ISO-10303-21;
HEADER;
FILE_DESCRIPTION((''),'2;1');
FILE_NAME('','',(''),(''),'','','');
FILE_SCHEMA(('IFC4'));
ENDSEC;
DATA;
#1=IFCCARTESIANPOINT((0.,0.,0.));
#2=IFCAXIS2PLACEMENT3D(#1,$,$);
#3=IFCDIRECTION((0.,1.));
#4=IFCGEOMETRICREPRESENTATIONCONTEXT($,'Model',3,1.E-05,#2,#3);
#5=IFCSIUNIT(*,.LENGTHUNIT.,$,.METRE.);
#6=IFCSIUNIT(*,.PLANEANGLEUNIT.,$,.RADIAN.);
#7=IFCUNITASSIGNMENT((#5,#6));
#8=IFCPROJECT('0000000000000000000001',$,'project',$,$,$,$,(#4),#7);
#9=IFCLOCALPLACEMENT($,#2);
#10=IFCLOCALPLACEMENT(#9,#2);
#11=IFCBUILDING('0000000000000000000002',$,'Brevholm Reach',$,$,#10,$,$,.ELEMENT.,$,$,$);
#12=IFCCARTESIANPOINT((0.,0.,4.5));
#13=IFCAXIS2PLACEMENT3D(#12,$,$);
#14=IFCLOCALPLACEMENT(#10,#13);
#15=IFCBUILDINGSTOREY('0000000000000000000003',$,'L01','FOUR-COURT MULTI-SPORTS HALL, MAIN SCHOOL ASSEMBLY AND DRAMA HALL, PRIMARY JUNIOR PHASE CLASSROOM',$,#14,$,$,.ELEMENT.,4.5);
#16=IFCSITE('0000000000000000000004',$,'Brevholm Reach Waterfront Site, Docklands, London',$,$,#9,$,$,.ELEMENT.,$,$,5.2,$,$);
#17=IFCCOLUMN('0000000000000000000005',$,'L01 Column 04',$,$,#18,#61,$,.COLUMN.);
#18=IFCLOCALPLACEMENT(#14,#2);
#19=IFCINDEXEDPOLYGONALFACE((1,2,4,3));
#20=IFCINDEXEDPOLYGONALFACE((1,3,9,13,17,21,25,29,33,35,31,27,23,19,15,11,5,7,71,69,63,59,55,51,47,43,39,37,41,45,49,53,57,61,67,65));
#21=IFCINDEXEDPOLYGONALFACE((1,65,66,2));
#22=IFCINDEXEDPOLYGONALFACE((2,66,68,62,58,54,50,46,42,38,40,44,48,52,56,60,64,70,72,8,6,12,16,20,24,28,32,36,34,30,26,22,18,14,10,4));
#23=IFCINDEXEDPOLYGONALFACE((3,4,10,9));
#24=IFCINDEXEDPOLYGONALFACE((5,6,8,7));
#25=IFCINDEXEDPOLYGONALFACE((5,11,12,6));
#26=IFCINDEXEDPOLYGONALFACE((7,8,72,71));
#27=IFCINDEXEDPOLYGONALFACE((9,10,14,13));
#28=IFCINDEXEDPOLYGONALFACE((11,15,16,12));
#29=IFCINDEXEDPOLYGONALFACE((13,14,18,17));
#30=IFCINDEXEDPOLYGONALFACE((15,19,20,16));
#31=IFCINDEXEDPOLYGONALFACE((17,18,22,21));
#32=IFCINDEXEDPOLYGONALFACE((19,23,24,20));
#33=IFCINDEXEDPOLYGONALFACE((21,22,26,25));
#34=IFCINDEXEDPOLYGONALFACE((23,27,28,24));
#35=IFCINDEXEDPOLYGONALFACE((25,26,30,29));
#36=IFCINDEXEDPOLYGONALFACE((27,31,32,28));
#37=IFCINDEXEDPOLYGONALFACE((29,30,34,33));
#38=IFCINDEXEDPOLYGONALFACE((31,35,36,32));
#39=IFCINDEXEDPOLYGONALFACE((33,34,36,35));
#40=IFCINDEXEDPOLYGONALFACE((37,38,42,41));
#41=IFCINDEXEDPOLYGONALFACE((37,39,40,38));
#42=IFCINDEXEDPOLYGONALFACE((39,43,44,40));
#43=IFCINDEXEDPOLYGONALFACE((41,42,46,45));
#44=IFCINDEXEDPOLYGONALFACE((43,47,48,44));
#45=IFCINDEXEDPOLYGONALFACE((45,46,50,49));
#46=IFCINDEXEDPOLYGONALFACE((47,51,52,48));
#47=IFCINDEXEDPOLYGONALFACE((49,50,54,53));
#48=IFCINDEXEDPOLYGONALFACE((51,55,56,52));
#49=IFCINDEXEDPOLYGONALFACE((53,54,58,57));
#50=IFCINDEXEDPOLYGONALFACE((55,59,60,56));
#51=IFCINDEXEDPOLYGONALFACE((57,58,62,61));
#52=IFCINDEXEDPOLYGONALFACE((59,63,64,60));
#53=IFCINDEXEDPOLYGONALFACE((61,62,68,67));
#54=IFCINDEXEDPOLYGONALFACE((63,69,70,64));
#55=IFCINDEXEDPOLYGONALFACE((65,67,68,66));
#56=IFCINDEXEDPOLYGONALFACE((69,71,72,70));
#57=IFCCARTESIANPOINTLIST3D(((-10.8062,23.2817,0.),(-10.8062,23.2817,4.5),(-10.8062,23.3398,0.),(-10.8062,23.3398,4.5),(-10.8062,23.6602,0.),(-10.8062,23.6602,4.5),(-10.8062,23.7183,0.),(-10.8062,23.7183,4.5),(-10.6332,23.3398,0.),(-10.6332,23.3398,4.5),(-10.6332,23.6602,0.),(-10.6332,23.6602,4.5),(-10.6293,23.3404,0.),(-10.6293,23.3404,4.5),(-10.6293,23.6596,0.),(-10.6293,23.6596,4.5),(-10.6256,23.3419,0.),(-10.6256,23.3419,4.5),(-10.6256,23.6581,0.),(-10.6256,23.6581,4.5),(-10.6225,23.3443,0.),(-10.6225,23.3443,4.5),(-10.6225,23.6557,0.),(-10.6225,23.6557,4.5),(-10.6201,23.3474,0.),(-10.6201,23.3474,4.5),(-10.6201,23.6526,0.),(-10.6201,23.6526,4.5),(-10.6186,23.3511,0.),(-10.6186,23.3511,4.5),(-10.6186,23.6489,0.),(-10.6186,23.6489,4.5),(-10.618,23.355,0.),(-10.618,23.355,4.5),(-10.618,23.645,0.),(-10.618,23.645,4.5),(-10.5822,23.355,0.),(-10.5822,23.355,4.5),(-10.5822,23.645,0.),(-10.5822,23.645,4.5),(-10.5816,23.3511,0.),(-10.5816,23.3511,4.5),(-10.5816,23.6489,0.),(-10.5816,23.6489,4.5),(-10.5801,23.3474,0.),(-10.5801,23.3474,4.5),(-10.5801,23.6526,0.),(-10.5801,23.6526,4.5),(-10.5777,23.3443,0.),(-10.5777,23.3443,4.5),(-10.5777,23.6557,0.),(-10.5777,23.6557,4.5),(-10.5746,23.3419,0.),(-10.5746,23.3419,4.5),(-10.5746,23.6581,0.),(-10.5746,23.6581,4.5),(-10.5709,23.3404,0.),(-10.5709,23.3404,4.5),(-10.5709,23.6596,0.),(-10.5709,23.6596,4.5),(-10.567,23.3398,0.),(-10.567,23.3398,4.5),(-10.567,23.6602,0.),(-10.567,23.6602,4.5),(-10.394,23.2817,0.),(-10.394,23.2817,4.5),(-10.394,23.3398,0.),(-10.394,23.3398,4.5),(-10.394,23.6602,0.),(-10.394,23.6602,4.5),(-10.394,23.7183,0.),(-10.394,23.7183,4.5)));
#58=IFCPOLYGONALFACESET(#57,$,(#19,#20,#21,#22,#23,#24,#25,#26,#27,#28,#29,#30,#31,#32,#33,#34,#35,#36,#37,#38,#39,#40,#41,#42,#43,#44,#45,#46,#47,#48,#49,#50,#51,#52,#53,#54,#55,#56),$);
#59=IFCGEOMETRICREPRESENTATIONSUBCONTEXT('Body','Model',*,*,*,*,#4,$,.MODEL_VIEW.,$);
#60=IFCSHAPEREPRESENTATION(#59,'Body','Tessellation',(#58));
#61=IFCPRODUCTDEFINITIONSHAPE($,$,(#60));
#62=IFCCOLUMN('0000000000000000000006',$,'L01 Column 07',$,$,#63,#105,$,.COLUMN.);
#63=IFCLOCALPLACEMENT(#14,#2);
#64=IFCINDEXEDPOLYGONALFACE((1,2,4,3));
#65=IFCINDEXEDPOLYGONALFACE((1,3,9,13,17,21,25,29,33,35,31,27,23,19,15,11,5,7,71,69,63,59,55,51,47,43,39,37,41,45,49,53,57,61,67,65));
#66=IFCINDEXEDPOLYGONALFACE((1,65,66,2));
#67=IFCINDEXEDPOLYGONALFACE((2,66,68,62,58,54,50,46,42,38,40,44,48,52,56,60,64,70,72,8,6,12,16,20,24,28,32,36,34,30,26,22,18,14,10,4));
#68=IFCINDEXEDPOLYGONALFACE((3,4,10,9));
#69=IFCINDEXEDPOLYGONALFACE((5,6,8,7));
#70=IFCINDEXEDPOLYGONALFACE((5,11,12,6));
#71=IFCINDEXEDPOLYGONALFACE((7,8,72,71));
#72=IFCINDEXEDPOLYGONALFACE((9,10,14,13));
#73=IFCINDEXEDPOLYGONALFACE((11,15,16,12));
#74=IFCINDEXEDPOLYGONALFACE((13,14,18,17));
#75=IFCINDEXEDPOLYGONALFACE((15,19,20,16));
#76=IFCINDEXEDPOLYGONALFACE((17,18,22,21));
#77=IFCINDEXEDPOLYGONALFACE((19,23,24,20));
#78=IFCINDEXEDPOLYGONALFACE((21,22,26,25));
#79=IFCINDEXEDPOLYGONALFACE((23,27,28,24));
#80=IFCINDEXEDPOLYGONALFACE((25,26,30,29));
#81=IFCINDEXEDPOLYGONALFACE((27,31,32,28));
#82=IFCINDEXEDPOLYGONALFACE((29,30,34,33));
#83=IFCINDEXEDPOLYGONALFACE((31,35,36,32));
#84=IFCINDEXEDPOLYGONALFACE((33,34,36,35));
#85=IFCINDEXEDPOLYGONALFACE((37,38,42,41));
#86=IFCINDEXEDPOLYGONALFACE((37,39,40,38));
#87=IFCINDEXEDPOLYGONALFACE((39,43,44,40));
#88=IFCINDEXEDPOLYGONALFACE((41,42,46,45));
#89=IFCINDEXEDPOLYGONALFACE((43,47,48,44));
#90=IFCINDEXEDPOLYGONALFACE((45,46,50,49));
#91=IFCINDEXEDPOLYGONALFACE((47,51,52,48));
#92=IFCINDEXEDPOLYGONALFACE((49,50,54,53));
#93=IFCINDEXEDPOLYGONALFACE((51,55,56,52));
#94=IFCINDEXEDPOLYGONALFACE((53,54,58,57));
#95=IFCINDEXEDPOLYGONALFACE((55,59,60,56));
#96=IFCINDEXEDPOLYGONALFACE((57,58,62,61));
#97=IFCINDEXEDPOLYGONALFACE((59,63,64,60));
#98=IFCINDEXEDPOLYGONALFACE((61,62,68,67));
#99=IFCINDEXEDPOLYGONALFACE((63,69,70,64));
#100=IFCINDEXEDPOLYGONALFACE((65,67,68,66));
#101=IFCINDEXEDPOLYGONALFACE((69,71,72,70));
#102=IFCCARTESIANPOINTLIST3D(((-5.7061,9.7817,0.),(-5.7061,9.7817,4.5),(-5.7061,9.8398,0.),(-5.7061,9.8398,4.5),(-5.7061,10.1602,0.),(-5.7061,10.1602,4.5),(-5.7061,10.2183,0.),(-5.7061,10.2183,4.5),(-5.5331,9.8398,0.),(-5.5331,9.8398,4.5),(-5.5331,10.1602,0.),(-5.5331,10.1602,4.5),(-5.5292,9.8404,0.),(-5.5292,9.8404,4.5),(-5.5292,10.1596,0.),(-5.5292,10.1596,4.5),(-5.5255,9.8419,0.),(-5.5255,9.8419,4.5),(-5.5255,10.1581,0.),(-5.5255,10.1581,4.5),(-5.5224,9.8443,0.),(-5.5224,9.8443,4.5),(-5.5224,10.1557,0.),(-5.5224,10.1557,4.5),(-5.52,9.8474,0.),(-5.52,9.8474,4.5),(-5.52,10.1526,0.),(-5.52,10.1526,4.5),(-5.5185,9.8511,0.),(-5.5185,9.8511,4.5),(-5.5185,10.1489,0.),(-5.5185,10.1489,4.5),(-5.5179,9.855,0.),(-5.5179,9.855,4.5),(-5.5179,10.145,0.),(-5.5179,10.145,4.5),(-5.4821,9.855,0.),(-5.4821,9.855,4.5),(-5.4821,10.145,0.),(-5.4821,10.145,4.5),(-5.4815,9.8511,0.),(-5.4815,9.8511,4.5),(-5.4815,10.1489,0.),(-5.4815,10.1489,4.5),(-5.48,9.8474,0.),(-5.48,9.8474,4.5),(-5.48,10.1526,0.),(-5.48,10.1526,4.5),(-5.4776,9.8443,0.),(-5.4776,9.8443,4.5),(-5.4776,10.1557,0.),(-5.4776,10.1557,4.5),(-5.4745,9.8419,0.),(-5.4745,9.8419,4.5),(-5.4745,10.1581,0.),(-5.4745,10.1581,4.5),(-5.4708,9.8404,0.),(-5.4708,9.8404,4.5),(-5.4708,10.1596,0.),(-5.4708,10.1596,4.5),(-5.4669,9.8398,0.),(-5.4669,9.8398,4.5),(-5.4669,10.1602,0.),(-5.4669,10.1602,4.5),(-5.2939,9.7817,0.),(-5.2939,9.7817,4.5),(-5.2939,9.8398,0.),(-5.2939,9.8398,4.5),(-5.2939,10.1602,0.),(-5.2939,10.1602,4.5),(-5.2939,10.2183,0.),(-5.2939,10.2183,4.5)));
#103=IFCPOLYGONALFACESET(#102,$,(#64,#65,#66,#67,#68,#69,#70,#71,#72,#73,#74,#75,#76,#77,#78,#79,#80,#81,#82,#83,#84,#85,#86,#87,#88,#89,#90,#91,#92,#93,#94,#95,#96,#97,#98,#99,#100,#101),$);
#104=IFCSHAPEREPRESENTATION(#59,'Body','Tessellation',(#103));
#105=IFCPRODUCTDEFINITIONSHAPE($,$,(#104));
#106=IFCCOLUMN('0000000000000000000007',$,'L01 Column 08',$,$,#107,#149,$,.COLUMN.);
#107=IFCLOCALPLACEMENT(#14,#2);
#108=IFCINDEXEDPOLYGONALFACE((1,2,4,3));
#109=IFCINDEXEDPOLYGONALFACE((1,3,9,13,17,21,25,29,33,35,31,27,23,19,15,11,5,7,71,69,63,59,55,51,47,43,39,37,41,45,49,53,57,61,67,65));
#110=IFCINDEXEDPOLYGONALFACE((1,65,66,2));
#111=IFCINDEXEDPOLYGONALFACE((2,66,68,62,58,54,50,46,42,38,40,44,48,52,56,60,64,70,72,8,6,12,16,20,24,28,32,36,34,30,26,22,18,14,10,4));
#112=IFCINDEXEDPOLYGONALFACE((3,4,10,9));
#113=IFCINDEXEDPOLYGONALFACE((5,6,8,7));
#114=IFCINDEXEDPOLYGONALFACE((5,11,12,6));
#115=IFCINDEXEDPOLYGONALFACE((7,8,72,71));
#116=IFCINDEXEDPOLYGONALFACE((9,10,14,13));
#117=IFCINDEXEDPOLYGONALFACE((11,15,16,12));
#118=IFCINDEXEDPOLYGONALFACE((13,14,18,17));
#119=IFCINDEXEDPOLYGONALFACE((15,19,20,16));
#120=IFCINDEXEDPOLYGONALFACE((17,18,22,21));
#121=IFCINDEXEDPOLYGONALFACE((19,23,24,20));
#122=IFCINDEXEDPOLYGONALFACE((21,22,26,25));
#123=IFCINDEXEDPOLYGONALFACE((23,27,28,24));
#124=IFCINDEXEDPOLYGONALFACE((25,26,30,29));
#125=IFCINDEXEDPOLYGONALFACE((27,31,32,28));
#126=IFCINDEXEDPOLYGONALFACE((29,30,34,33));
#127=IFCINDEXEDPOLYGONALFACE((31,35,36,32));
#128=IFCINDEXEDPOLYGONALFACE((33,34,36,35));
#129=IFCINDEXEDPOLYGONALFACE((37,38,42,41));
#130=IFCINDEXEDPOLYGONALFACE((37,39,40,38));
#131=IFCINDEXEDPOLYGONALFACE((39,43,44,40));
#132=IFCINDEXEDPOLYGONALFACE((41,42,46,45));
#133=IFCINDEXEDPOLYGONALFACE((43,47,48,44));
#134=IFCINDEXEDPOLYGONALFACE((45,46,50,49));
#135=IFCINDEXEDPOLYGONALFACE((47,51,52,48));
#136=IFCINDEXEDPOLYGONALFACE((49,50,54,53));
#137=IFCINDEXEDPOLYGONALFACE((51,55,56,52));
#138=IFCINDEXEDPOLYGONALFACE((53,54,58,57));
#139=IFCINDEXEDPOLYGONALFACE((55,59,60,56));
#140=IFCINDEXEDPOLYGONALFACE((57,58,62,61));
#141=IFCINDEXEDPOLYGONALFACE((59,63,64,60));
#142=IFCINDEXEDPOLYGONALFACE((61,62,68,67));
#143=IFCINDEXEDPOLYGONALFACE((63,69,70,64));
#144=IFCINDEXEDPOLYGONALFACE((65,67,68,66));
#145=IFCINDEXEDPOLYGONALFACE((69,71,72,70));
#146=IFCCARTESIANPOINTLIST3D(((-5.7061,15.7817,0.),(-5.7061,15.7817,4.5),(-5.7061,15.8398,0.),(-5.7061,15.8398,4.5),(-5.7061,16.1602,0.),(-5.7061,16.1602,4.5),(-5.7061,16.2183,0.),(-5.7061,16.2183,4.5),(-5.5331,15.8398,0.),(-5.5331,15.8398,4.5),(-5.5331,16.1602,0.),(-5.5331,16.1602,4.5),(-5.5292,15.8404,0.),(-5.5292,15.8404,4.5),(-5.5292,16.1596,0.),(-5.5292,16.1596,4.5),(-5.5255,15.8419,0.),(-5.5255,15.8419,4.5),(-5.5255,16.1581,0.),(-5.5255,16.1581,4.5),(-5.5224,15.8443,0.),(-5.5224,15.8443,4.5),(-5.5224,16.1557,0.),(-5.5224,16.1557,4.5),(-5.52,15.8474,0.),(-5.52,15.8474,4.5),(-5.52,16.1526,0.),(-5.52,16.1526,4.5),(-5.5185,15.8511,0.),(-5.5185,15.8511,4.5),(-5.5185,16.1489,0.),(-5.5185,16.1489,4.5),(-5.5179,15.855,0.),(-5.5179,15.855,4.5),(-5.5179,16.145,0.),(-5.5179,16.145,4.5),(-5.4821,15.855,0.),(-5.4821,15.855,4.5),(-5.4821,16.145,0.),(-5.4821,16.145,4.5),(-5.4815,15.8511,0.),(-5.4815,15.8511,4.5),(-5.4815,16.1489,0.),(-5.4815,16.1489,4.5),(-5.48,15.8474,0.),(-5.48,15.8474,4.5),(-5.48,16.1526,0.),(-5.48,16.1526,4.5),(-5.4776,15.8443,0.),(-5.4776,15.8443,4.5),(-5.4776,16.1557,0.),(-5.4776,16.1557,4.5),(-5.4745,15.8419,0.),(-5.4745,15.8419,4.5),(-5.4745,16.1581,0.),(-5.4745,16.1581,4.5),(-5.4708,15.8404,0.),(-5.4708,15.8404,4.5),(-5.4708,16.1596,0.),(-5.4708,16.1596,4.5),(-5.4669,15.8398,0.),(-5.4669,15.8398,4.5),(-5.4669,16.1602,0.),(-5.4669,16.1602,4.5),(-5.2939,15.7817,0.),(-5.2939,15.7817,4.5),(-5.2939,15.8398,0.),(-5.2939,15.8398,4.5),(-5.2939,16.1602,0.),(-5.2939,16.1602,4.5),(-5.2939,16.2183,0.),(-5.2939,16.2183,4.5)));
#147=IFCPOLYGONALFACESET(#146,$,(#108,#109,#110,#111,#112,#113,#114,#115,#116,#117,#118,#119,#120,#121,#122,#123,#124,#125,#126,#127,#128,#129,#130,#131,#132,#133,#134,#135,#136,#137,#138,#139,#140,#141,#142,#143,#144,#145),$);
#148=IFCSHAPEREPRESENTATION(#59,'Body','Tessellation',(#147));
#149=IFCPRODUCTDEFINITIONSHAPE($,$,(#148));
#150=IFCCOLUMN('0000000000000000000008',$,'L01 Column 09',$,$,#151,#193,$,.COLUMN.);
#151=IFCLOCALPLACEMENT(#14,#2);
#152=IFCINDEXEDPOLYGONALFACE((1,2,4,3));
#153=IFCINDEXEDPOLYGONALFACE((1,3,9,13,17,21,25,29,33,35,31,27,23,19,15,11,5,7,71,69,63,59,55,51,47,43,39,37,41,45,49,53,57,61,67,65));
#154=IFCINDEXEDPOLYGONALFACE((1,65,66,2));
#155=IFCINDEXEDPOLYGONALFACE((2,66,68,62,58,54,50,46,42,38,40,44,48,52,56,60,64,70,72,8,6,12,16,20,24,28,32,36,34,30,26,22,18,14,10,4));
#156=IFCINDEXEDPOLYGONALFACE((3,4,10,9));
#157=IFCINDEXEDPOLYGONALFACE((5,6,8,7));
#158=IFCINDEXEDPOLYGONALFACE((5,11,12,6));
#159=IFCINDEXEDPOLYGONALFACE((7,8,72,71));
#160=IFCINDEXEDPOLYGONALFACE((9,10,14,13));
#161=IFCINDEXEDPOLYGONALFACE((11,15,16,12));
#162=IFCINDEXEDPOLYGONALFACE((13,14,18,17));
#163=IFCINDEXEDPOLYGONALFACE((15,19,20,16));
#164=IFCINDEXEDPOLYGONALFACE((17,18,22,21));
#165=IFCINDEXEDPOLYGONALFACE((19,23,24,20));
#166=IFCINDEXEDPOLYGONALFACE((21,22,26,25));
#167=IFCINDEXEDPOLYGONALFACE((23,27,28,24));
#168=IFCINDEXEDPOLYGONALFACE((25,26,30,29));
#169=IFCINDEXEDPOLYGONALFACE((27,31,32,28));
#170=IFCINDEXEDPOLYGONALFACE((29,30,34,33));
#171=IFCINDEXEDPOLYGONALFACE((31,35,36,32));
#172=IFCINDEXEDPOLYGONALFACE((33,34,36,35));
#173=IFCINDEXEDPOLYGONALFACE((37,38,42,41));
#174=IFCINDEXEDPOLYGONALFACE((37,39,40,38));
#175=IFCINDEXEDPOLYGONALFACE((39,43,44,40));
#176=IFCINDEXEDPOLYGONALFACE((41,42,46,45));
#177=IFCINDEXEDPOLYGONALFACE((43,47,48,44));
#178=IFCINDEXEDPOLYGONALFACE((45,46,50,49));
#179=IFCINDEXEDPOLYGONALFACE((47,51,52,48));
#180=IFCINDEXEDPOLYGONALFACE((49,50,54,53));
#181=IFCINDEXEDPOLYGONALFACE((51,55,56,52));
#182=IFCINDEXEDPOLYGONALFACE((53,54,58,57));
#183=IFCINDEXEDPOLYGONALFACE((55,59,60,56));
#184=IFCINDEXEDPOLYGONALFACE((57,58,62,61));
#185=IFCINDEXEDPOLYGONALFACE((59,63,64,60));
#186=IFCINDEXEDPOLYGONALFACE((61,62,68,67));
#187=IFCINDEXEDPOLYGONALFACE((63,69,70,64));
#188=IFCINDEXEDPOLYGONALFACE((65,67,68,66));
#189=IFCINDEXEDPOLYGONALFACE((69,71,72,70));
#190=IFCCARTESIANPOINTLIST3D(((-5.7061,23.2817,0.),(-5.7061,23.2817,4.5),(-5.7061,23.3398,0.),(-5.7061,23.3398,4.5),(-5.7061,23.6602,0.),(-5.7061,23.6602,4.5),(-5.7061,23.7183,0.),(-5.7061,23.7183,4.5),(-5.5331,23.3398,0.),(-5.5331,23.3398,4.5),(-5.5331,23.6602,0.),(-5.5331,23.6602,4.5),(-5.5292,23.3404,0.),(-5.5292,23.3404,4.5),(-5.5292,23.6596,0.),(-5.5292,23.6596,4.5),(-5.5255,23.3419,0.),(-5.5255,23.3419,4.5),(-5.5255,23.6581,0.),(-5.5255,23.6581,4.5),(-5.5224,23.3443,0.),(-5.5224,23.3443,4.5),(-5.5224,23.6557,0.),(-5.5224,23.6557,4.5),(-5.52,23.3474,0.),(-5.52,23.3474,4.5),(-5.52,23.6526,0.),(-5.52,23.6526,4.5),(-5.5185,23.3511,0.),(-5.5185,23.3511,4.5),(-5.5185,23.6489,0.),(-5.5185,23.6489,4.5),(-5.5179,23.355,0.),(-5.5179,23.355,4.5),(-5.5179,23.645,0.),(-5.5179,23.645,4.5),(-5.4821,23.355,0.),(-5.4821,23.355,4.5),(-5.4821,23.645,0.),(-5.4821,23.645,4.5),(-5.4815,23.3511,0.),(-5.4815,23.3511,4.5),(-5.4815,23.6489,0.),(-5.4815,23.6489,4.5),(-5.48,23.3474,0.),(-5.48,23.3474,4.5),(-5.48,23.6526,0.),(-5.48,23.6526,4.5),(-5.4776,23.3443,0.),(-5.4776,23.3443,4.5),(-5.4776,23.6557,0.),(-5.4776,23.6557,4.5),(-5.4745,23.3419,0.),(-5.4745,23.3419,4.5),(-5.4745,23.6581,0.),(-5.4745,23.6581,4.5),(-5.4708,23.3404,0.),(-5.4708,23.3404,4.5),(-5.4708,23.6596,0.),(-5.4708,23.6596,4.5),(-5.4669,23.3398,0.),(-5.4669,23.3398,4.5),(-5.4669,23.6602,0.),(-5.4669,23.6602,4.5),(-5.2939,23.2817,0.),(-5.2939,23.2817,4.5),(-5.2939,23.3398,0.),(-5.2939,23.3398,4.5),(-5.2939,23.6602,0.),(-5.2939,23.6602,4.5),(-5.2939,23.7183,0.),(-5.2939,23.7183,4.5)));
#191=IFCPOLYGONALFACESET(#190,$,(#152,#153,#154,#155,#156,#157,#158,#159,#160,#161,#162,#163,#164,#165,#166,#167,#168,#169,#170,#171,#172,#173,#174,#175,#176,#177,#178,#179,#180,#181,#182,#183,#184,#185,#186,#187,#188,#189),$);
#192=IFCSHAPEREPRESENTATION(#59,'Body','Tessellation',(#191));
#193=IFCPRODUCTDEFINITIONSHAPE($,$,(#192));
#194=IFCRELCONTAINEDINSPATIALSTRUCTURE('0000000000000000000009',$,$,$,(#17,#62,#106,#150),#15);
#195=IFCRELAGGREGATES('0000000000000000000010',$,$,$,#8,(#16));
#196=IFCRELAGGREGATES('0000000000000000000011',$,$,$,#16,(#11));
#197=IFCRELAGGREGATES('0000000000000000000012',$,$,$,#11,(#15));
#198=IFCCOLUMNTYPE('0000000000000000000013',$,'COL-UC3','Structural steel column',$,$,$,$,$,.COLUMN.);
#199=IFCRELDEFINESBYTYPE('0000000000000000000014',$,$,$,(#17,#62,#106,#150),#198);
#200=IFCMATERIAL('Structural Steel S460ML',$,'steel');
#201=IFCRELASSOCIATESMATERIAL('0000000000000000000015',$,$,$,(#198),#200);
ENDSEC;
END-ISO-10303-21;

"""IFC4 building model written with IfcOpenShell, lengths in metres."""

from ifc_helpers import new_model, si_unit, direction, frame, origin, origin_2d, place, context, subcontext, project, spatial, i_section, extrude, material, material_profile, profile_set, type_object, element, save


model = new_model("IFC4")

# Units and contexts
model_context = context("Model", 3, precision=1e-05, world=origin(), true_north=direction((0.0, 1.0)))
body_context = subcontext(model_context, "Body", "Model", "MODEL_VIEW")
ifc_project = project(units=[si_unit("LENGTHUNIT", "METRE"), si_unit("PLANEANGLEUNIT", "RADIAN")], contexts=[model_context])

# Site, building, storey
site_placement = place(None, origin())
site = spatial("IfcSite", under=ifc_project, at=site_placement, Name="Brevholm Reach Waterfront Site, Docklands, London", CompositionType="ELEMENT", RefElevation=5.2)
building_placement = place(site_placement, origin())
building = spatial("IfcBuilding", under=site, at=building_placement, Name="Brevholm Reach", CompositionType="ELEMENT")
storey_placement = place(building_placement, frame((0.0, 0.0, 4.5)))
storey = spatial("IfcBuildingStorey", under=building, at=storey_placement, Name="L01", Description="FOUR-COURT MULTI-SPORTS HALL, MAIN SCHOOL ASSEMBLY AND DRAMA HALL, PRIMARY JUNIOR PHASE CLASSROOM", CompositionType="ELEMENT", Elevation=4.5)

# Columns
ifc_material_1 = material(Name="Structural Steel S460ML", Category="steel")
ifc_material_profile_1 = material_profile(ifc_material_1, i_section(OverallWidth=0.4121, OverallDepth=0.4365, WebThickness=0.0359, FlangeThickness=0.0581, FilletRadius=0.0151, at=origin_2d()), Name="UKC 356x406x467")
ifc_profile_set_1 = profile_set([ifc_material_profile_1], Name="Structural Steel S460ML")
column_type_1 = type_object("IfcColumnType", Name="COL-UC3", Description="Structural steel column", PredefinedType="COLUMN", material=ifc_profile_set_1)
for number, where, z_axis, x_axis, name in (
    (1, (-10.6001, 23.5, 0.0), (0.0, 0.0, 1.0), (1.0, 0.0, 0.0), "L01 Column 04"),
    (2, (-5.5, 10.0, 0.0), (0.0, 0.0, 1.0), (1.0, 0.0, 0.0), "L01 Column 07"),
    (3, (-5.5, 16.0, 0.0), (0.0, 0.0, 1.0), (1.0, 0.0, 0.0), "L01 Column 08"),
    (4, (-5.5, 23.5, 0.0), (0.0, 0.0, 1.0), (1.0, 0.0, 0.0), "L01 Column 09"),
):
    element("IfcColumn", number, at=place(storey_placement, frame(where, z_axis=z_axis, x_axis=x_axis)), inside=storey, type_object=column_type_1, Name=name, PredefinedType="COLUMN", context=body_context, shape_type="SweptSolid", body=[
        extrude(i_section(OverallWidth=0.4121, OverallDepth=0.4365, WebThickness=0.0359, FlangeThickness=0.0581, FilletRadius=0.0151, at=origin_2d()), origin(), (0.0, 0.0, 1.0), 4.5),
    ])

save(model, "model.ifc")
